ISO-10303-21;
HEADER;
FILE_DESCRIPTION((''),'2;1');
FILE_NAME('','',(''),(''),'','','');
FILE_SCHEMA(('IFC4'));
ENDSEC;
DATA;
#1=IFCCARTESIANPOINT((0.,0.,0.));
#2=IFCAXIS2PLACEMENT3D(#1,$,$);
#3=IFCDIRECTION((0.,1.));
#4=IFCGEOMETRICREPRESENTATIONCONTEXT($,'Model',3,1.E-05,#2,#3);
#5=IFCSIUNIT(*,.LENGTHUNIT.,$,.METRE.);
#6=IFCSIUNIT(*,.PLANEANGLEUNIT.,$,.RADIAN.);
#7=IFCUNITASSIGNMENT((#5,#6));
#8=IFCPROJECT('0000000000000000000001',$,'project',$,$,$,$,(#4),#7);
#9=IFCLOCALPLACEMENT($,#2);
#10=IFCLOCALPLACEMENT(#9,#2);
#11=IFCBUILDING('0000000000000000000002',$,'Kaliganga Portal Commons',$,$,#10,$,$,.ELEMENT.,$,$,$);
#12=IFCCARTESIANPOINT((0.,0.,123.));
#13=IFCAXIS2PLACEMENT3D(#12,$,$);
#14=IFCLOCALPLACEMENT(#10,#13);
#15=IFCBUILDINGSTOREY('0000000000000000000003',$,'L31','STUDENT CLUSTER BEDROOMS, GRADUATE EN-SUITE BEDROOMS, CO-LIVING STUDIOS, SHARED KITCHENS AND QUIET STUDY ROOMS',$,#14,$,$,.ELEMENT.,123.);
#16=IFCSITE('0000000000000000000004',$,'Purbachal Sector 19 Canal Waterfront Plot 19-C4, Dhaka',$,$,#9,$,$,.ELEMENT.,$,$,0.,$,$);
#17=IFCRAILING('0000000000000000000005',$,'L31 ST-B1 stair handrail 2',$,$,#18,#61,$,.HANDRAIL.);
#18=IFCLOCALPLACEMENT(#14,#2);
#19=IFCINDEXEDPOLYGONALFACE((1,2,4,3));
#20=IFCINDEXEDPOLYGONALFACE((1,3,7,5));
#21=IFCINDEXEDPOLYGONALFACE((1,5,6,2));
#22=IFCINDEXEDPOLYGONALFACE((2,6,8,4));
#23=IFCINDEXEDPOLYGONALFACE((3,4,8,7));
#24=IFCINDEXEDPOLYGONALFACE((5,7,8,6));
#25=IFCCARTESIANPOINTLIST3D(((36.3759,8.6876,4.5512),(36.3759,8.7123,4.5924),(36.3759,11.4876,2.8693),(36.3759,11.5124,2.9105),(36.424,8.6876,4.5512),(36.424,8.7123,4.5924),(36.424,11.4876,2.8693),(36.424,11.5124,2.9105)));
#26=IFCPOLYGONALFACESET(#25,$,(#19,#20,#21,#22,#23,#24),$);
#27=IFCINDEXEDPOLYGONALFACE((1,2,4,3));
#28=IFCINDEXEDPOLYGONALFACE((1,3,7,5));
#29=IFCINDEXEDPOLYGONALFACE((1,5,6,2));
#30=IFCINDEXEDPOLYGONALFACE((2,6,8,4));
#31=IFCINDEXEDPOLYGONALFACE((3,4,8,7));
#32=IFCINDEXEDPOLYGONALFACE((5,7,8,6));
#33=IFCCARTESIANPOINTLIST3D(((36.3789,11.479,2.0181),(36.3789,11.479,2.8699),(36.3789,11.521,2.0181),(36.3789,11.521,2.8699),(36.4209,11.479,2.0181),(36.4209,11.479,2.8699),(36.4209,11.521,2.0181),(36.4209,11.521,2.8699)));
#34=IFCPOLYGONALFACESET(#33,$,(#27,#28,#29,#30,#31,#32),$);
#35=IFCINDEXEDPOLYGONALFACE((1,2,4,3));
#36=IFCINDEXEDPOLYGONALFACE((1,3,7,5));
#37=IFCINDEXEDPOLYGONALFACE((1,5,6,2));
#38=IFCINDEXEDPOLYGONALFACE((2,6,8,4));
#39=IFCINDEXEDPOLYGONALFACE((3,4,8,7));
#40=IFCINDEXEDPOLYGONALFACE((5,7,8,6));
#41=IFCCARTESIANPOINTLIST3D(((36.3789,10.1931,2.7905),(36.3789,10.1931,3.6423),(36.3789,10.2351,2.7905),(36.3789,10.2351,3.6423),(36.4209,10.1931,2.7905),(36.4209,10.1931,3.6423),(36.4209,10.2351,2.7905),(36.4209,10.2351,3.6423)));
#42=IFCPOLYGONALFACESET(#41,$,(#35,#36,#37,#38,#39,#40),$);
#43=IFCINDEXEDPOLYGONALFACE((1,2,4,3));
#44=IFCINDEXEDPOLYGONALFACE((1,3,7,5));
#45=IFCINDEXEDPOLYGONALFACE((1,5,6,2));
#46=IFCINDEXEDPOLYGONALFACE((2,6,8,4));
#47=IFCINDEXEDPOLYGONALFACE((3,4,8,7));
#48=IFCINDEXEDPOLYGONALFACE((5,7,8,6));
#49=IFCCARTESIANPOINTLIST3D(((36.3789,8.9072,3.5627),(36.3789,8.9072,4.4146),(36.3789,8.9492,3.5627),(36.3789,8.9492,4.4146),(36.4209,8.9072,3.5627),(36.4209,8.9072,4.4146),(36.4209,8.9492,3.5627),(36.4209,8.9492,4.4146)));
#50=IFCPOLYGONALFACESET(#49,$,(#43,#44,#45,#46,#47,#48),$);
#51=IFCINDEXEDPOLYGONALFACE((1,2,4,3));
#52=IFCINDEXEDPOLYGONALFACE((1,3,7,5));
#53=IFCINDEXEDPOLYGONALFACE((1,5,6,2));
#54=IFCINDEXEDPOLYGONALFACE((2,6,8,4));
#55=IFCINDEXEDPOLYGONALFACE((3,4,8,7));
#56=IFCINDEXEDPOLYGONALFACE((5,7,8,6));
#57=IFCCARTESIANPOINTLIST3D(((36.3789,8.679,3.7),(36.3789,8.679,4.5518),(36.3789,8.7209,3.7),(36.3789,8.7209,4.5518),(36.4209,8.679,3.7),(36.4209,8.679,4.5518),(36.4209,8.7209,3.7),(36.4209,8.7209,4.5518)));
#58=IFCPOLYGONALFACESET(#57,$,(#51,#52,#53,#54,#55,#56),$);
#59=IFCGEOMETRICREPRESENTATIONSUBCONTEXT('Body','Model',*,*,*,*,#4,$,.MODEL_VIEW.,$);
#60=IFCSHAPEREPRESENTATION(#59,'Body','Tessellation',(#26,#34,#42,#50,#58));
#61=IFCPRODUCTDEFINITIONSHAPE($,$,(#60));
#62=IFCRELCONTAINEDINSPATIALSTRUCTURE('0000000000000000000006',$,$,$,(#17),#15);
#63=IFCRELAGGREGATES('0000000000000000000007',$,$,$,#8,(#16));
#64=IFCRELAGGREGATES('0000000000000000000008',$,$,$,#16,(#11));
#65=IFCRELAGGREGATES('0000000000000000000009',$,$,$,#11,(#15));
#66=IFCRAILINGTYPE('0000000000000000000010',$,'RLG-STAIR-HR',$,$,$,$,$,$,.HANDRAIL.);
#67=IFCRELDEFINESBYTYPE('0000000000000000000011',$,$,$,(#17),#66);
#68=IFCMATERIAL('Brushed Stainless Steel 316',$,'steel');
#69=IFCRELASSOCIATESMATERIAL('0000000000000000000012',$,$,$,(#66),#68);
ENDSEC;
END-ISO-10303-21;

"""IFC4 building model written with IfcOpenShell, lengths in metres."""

from ifc_helpers import new_model, si_unit, direction, frame, origin, origin_2d, place, context, subcontext, project, spatial, rectangle, extrude, material, type_object, element, save


model = new_model("IFC4")

# Units and contexts
model_context = context("Model", 3, precision=1e-05, world=origin(), true_north=direction((0.0, 1.0)))
body_context = subcontext(model_context, "Body", "Model", "MODEL_VIEW")
ifc_project = project(units=[si_unit("LENGTHUNIT", "METRE"), si_unit("PLANEANGLEUNIT", "RADIAN")], contexts=[model_context])

# Site, building, storey
site_placement = place(None, origin())
site = spatial("IfcSite", under=ifc_project, at=site_placement, Name="Purbachal Sector 19 Canal Waterfront Plot 19-C4, Dhaka", CompositionType="ELEMENT", RefElevation=0.0)
building_placement = place(site_placement, origin())
building = spatial("IfcBuilding", under=site, at=building_placement, Name="Kaliganga Portal Commons", CompositionType="ELEMENT")
storey_placement = place(building_placement, frame((0.0, 0.0, 123.0)))
storey = spatial("IfcBuildingStorey", under=building, at=storey_placement, Name="L31", Description="STUDENT CLUSTER BEDROOMS, GRADUATE EN-SUITE BEDROOMS, CO-LIVING STUDIOS, SHARED KITCHENS AND QUIET STUDY ROOMS", CompositionType="ELEMENT", Elevation=123.0)

# Railing
ifc_material_1 = material(Name="Brushed Stainless Steel 316", Category="steel")
railing_type_1 = type_object("IfcRailingType", Name="RLG-STAIR-HR", PredefinedType="HANDRAIL", material=ifc_material_1)
railing_1_placement = place(storey_placement, frame((36.3999, 11.5, 2.0181)))
element("IfcRailing", 1, at=railing_1_placement, inside=storey, type_object=railing_type_1, Name="L31 ST-B1 stair handrail 2", PredefinedType="HANDRAIL", context=body_context, shape_type="SweptSolid", body=[
    extrude(rectangle(XDim=0.0481, YDim=0.0481, at=origin_2d()), frame((0.0, 0.0, 0.8718), z_axis=(0.0, -0.857242, 0.514913), x_axis=(1.0, 0.0, 0.0)), (0.0, 0.0, 1.0), 3.2664),
    extrude(rectangle(XDim=0.042, YDim=0.042, at=origin_2d()), origin(), (0.0, 0.0, 1.0), 0.8518),
    extrude(rectangle(XDim=0.042, YDim=0.042, at=origin_2d()), frame((0.0, -1.2859, 0.7725)), (0.0, 0.0, 1.0), 0.8518),
    extrude(rectangle(XDim=0.042, YDim=0.042, at=origin_2d()), frame((0.0, -2.5718, 1.5447)), (0.0, 0.0, 1.0), 0.8518),
    extrude(rectangle(XDim=0.042, YDim=0.042, at=origin_2d()), frame((0.0, -2.8, 1.6819)), (0.0, 0.0, 1.0), 0.8518),
])

save(model, "model.ifc")
